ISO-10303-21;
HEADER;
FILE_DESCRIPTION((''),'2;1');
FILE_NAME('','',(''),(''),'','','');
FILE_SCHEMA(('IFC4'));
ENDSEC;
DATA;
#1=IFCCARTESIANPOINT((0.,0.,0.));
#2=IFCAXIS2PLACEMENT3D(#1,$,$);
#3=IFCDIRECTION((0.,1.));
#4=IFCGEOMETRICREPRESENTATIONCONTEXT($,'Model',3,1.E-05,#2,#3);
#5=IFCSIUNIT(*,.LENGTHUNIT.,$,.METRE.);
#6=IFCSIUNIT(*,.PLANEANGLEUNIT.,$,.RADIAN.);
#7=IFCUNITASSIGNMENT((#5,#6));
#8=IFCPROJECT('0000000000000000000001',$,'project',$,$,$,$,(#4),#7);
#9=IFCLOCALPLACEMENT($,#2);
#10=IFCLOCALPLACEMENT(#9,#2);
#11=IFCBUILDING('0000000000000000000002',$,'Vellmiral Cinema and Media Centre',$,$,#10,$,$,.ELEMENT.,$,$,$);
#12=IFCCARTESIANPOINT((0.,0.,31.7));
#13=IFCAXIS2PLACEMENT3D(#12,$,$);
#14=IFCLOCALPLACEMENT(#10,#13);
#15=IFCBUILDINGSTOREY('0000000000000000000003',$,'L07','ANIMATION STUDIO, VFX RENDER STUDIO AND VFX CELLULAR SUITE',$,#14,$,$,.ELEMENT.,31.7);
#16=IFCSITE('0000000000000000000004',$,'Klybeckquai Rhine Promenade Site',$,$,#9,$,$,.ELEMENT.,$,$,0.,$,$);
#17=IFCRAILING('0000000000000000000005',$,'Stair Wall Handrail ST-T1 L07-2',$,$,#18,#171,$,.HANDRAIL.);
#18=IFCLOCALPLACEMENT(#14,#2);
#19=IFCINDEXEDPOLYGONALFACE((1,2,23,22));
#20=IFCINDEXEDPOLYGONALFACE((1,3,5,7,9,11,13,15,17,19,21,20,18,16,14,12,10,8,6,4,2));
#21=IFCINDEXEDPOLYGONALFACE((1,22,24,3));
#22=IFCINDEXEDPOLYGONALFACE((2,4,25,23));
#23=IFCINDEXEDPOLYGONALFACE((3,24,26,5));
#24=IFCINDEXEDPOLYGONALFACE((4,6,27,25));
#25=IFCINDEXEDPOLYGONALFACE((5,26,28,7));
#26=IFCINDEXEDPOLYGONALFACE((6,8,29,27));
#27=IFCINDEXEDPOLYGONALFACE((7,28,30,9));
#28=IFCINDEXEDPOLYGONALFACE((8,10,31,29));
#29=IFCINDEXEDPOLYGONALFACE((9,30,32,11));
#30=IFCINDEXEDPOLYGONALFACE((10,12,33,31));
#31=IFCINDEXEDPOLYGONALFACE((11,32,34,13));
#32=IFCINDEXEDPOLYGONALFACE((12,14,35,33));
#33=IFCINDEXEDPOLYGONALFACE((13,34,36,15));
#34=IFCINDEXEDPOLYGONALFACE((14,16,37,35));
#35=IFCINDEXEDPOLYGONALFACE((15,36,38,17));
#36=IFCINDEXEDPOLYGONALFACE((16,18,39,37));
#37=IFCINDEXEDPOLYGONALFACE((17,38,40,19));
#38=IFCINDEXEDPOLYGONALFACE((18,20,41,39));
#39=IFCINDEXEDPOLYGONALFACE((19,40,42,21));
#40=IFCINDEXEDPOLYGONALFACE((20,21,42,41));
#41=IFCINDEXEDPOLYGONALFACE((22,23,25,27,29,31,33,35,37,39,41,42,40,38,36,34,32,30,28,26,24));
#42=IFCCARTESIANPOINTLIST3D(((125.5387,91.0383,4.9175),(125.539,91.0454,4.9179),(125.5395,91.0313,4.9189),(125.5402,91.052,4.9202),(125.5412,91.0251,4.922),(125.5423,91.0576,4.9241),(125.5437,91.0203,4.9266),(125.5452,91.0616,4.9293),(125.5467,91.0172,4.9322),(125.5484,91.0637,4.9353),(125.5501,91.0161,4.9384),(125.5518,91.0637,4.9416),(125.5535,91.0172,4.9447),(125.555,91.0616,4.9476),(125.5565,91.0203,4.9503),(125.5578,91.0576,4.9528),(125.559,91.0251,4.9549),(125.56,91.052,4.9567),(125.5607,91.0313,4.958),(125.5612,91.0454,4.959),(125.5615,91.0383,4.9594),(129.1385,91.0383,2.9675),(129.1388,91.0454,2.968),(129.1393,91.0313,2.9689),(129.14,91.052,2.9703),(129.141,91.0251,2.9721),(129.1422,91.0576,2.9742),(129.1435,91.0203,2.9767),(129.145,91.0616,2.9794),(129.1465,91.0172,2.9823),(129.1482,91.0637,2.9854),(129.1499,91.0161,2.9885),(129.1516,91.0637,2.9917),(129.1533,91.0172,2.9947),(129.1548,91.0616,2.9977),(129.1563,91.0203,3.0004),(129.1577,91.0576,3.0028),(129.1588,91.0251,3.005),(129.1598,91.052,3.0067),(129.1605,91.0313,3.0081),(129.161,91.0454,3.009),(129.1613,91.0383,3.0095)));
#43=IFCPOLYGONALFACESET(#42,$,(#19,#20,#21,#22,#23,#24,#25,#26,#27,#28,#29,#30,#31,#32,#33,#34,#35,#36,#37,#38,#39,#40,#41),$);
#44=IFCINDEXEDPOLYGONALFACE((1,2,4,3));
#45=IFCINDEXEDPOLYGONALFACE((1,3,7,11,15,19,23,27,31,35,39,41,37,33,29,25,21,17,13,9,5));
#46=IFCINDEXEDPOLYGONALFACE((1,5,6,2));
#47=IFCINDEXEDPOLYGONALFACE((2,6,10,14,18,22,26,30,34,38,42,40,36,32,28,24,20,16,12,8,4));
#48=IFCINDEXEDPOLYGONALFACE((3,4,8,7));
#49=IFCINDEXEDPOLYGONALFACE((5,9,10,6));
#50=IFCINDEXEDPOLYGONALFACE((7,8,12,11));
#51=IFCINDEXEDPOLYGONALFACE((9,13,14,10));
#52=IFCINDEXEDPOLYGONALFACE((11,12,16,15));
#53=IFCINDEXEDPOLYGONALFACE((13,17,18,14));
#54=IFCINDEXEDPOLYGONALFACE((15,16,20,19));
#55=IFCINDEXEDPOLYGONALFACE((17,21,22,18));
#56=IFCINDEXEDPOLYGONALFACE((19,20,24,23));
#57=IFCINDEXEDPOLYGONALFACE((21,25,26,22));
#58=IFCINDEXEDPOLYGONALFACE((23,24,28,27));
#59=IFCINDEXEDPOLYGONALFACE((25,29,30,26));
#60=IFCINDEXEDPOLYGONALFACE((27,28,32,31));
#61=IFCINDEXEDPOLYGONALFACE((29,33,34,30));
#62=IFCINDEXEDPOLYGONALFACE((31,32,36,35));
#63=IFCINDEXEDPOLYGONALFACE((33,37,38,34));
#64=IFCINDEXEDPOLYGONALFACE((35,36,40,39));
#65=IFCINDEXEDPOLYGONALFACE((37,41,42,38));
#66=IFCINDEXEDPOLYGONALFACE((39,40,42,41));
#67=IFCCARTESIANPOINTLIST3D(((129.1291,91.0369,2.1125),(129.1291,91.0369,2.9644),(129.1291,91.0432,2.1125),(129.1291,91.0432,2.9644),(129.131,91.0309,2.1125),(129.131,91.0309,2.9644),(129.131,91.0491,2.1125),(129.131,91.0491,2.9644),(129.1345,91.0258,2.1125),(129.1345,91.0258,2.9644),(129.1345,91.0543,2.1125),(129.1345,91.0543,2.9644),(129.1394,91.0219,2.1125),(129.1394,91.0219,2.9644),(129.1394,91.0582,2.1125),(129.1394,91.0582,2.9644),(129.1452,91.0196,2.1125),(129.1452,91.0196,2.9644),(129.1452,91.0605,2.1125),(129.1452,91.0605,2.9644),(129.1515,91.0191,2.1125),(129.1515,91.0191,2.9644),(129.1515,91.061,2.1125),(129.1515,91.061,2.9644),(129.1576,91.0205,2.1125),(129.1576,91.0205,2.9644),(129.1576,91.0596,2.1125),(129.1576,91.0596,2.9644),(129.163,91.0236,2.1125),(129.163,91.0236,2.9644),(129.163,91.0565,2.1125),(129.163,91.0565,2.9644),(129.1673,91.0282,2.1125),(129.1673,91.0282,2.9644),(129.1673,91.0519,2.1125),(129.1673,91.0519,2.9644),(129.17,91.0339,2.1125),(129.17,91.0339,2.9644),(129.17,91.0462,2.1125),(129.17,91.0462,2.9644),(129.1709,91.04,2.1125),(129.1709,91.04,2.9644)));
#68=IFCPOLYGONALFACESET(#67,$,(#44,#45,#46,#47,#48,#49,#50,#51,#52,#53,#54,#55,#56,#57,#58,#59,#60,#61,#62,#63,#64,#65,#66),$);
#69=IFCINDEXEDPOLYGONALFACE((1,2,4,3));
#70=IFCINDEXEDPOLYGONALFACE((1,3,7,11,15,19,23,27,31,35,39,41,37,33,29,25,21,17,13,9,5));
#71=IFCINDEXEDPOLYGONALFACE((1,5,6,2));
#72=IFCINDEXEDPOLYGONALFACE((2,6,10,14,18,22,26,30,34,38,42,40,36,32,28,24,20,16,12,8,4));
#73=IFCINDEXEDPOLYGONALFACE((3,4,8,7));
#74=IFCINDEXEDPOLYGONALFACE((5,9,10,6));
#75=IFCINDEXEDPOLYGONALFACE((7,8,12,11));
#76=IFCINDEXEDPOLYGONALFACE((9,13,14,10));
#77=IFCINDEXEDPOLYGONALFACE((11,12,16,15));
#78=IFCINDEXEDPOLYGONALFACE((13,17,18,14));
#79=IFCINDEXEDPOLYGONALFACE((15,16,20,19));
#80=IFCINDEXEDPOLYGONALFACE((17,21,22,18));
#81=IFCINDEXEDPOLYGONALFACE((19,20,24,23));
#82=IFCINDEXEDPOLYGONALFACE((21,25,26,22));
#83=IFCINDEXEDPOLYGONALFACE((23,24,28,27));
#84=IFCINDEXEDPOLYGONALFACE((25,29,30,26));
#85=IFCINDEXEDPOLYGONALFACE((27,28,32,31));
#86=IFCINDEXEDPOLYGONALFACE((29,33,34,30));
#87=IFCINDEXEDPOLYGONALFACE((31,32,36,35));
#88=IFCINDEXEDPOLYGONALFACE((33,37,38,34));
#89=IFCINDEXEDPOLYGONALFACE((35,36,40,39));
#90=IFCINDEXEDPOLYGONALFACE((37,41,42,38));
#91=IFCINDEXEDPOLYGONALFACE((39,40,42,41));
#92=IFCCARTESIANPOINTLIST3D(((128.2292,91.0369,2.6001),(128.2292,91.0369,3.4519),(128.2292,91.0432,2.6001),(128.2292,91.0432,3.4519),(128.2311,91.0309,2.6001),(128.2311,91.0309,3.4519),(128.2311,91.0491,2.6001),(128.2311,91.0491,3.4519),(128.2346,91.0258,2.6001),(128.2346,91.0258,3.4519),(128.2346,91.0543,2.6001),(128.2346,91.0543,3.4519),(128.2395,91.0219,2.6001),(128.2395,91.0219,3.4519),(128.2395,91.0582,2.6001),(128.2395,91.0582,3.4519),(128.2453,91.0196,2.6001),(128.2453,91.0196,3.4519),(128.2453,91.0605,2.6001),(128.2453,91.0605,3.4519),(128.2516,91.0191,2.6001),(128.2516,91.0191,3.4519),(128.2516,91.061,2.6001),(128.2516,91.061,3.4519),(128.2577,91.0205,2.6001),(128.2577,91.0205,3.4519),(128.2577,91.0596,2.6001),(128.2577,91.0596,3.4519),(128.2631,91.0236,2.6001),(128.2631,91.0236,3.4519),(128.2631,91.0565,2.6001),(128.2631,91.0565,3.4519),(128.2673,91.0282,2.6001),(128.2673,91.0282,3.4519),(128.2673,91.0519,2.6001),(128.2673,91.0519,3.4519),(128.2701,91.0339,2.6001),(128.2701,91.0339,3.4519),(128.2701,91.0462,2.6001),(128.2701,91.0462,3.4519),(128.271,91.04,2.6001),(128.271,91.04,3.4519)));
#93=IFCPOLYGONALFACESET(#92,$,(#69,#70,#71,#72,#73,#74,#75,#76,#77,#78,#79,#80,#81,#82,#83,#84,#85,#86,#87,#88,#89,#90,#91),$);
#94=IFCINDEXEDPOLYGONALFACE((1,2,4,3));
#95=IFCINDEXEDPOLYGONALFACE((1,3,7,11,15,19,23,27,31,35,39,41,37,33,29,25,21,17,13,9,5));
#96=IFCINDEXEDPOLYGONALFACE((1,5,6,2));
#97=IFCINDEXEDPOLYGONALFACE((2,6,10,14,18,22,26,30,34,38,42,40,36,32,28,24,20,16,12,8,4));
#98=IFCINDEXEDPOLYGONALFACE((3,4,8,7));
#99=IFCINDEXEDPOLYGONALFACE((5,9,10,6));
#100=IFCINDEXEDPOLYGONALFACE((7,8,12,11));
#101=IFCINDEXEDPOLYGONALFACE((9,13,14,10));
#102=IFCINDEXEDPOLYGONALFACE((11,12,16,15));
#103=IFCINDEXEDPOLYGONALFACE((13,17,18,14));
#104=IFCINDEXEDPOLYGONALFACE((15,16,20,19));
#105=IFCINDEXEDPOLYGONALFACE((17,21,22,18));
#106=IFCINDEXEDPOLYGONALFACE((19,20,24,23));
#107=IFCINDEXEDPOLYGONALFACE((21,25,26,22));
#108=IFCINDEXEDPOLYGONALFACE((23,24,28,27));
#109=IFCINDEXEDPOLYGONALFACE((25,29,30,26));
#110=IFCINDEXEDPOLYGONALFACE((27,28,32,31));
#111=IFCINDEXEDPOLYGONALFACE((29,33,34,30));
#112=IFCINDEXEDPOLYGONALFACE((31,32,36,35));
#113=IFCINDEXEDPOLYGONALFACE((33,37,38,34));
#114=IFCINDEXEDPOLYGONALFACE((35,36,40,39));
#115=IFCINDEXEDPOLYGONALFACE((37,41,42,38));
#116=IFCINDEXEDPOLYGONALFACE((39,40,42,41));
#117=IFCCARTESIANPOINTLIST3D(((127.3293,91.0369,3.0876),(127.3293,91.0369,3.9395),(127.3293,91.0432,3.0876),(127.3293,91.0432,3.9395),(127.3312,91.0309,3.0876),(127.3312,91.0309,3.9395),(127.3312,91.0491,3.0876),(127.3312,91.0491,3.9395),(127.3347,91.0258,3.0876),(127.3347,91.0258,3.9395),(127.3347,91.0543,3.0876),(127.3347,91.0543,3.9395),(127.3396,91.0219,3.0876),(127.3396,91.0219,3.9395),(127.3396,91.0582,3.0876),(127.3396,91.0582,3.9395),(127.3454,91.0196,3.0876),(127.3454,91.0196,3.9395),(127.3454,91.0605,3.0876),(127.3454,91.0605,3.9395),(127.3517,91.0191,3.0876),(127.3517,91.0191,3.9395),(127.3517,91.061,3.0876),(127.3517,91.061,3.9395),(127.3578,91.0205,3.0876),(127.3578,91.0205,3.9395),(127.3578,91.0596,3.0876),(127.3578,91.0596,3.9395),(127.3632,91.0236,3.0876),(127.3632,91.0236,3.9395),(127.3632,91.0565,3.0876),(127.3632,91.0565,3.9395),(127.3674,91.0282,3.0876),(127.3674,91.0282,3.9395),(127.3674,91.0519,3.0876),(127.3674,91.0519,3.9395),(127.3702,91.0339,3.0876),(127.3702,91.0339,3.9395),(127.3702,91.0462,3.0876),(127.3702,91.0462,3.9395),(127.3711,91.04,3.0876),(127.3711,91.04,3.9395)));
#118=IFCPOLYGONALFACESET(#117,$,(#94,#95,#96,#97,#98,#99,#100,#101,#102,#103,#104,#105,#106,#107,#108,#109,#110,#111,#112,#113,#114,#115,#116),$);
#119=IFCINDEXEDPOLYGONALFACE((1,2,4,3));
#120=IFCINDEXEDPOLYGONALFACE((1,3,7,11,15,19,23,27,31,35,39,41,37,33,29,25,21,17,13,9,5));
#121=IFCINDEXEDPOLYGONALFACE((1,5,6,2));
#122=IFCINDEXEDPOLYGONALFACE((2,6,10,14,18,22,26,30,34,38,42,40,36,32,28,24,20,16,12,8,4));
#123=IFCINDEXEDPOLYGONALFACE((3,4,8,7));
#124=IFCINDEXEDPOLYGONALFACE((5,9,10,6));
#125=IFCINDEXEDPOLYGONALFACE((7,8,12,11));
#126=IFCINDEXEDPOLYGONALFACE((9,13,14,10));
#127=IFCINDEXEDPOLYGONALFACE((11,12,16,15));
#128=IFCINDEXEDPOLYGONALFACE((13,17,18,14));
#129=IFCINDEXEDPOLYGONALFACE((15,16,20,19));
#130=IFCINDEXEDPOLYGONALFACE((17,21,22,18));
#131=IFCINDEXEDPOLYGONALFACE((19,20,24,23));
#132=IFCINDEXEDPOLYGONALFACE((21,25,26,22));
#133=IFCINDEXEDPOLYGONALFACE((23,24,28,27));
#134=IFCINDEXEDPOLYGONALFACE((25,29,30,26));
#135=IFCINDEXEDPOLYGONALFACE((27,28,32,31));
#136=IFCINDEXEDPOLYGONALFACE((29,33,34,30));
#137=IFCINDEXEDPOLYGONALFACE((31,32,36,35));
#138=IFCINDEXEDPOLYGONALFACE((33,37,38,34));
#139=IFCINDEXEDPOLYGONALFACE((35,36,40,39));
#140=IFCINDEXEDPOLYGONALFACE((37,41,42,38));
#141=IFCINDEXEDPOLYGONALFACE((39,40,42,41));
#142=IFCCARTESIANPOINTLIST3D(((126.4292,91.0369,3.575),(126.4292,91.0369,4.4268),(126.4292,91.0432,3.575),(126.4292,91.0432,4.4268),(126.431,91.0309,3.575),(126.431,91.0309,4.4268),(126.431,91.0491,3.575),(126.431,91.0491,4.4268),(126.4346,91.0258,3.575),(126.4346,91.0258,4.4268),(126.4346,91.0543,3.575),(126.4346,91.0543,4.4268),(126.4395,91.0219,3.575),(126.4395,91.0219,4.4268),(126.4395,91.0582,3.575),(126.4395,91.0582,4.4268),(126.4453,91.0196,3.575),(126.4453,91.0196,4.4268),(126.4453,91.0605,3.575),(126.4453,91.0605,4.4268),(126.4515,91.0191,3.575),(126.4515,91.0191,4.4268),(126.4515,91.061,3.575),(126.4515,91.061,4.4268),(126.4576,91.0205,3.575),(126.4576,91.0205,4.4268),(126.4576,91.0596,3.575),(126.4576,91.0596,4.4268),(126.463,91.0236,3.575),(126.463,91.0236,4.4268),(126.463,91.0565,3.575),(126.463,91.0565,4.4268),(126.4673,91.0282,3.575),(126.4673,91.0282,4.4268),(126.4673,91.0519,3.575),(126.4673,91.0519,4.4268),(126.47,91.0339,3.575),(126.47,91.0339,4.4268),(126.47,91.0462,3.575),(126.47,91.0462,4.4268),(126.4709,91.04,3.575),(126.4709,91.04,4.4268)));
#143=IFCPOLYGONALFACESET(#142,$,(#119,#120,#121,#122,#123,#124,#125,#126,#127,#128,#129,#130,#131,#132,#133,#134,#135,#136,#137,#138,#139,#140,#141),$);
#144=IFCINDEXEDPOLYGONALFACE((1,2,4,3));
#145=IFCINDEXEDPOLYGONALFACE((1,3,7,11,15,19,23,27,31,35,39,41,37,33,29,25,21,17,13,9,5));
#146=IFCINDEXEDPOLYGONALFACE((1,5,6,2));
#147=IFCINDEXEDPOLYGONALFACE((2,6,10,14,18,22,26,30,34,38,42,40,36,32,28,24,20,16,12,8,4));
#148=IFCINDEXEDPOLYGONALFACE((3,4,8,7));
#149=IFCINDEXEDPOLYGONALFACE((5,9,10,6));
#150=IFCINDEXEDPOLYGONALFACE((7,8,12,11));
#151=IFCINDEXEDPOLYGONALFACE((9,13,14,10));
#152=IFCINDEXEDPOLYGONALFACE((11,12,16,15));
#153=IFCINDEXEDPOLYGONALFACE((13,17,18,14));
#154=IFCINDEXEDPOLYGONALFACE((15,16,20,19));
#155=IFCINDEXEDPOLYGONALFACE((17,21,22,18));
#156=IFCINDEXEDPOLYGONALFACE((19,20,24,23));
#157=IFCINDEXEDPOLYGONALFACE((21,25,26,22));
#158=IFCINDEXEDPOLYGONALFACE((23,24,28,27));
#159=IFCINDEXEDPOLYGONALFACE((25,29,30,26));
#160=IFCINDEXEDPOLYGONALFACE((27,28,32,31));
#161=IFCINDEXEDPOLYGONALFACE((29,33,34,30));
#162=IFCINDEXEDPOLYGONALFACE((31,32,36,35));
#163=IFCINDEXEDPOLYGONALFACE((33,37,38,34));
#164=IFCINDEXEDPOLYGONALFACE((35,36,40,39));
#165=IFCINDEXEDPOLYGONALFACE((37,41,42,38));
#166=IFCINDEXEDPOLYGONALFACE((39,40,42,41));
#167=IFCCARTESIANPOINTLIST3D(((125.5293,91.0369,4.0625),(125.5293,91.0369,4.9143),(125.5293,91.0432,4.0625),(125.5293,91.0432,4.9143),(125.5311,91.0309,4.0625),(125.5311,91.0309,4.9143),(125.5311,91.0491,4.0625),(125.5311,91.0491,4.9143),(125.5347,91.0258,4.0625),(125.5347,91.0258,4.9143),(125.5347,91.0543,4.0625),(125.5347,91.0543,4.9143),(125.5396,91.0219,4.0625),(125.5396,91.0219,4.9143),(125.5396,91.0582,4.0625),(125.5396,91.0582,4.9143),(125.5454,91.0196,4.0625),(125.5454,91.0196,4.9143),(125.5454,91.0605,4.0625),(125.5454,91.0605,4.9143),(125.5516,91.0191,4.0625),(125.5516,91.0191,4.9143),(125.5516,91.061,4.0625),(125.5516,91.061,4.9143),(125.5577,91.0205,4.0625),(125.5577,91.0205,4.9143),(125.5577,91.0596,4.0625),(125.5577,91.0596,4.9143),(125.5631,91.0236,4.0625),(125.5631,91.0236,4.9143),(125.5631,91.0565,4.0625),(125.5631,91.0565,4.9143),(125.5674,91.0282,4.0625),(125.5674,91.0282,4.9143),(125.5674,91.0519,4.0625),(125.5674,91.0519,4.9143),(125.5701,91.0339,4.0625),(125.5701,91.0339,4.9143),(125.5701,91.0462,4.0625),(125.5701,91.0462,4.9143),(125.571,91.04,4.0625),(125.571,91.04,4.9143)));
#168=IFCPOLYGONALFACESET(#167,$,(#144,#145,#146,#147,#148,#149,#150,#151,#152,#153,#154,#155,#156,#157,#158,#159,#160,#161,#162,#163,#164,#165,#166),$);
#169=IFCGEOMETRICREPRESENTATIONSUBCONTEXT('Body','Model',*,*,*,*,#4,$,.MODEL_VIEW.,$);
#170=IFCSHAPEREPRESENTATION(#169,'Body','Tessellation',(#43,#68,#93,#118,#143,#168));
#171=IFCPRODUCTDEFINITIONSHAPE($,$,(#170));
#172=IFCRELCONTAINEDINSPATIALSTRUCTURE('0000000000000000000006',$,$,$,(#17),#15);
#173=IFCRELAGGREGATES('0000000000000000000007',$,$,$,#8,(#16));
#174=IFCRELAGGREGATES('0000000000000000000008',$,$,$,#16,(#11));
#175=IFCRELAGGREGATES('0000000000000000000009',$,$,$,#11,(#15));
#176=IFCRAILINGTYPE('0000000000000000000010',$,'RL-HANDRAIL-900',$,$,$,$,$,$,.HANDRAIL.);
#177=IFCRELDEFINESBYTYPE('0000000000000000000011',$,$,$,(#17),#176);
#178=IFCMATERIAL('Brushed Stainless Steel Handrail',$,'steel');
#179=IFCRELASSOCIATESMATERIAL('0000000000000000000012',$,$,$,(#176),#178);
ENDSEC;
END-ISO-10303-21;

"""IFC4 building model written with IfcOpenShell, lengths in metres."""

from ifc_helpers import new_model, si_unit, direction, frame, origin, origin_2d, place, context, subcontext, project, spatial, circle, extrude, material, type_object, element, save


model = new_model("IFC4")

# Units and contexts
model_context = context("Model", 3, precision=1e-05, world=origin(), true_north=direction((0.0, 1.0)))
body_context = subcontext(model_context, "Body", "Model", "MODEL_VIEW")
ifc_project = project(units=[si_unit("LENGTHUNIT", "METRE"), si_unit("PLANEANGLEUNIT", "RADIAN")], contexts=[model_context])

# Site, building, storey
site_placement = place(None, origin())
site = spatial("IfcSite", under=ifc_project, at=site_placement, Name="Klybeckquai Rhine Promenade Site", CompositionType="ELEMENT", RefElevation=0.0)
building_placement = place(site_placement, origin())
building = spatial("IfcBuilding", under=site, at=building_placement, Name="Vellmiral Cinema and Media Centre", CompositionType="ELEMENT")
storey_placement = place(building_placement, frame((0.0, 0.0, 31.7)))
storey = spatial("IfcBuildingStorey", under=building, at=storey_placement, Name="L07", Description="ANIMATION STUDIO, VFX RENDER STUDIO AND VFX CELLULAR SUITE", CompositionType="ELEMENT", Elevation=31.7)

# Railing
ifc_material_1 = material(Name="Brushed Stainless Steel Handrail", Category="steel")
railing_type_1 = type_object("IfcRailingType", Name="RL-HANDRAIL-900", PredefinedType="HANDRAIL", material=ifc_material_1)
railing_1_placement = place(storey_placement, frame((129.1499, 91.04, 2.1125)))
element("IfcRailing", 1, at=railing_1_placement, inside=storey, type_object=railing_type_1, Name="Stair Wall Handrail ST-T1 L07-2", PredefinedType="HANDRAIL", context=body_context, shape_type="SweptSolid", body=[
    extrude(circle(Radius=0.0239, at=origin_2d()), frame((0.0, 0.0, 0.876), z_axis=(-0.879289, 0.0, 0.476289), x_axis=(0.0, -1.0, 0.0)), (0.0, 0.0, 1.0), 4.094),
    extrude(circle(Radius=0.021, at=origin_2d()), origin(), (0.0, 0.0, 1.0), 0.8518),
    extrude(circle(Radius=0.021, at=origin_2d()), frame((-0.8999, 0.0, 0.4875)), (0.0, 0.0, 1.0), 0.8518),
    extrude(circle(Radius=0.021, at=origin_2d()), frame((-1.7998, 0.0, 0.9751)), (0.0, 0.0, 1.0), 0.8518),
    extrude(circle(Radius=0.021, at=origin_2d()), frame((-2.7, 0.0, 1.4624)), (0.0, 0.0, 1.0), 0.8518),
    extrude(circle(Radius=0.021, at=origin_2d()), frame((-3.5999, 0.0, 1.95)), (0.0, 0.0, 1.0), 0.8518),
])

save(model, "model.ifc")
